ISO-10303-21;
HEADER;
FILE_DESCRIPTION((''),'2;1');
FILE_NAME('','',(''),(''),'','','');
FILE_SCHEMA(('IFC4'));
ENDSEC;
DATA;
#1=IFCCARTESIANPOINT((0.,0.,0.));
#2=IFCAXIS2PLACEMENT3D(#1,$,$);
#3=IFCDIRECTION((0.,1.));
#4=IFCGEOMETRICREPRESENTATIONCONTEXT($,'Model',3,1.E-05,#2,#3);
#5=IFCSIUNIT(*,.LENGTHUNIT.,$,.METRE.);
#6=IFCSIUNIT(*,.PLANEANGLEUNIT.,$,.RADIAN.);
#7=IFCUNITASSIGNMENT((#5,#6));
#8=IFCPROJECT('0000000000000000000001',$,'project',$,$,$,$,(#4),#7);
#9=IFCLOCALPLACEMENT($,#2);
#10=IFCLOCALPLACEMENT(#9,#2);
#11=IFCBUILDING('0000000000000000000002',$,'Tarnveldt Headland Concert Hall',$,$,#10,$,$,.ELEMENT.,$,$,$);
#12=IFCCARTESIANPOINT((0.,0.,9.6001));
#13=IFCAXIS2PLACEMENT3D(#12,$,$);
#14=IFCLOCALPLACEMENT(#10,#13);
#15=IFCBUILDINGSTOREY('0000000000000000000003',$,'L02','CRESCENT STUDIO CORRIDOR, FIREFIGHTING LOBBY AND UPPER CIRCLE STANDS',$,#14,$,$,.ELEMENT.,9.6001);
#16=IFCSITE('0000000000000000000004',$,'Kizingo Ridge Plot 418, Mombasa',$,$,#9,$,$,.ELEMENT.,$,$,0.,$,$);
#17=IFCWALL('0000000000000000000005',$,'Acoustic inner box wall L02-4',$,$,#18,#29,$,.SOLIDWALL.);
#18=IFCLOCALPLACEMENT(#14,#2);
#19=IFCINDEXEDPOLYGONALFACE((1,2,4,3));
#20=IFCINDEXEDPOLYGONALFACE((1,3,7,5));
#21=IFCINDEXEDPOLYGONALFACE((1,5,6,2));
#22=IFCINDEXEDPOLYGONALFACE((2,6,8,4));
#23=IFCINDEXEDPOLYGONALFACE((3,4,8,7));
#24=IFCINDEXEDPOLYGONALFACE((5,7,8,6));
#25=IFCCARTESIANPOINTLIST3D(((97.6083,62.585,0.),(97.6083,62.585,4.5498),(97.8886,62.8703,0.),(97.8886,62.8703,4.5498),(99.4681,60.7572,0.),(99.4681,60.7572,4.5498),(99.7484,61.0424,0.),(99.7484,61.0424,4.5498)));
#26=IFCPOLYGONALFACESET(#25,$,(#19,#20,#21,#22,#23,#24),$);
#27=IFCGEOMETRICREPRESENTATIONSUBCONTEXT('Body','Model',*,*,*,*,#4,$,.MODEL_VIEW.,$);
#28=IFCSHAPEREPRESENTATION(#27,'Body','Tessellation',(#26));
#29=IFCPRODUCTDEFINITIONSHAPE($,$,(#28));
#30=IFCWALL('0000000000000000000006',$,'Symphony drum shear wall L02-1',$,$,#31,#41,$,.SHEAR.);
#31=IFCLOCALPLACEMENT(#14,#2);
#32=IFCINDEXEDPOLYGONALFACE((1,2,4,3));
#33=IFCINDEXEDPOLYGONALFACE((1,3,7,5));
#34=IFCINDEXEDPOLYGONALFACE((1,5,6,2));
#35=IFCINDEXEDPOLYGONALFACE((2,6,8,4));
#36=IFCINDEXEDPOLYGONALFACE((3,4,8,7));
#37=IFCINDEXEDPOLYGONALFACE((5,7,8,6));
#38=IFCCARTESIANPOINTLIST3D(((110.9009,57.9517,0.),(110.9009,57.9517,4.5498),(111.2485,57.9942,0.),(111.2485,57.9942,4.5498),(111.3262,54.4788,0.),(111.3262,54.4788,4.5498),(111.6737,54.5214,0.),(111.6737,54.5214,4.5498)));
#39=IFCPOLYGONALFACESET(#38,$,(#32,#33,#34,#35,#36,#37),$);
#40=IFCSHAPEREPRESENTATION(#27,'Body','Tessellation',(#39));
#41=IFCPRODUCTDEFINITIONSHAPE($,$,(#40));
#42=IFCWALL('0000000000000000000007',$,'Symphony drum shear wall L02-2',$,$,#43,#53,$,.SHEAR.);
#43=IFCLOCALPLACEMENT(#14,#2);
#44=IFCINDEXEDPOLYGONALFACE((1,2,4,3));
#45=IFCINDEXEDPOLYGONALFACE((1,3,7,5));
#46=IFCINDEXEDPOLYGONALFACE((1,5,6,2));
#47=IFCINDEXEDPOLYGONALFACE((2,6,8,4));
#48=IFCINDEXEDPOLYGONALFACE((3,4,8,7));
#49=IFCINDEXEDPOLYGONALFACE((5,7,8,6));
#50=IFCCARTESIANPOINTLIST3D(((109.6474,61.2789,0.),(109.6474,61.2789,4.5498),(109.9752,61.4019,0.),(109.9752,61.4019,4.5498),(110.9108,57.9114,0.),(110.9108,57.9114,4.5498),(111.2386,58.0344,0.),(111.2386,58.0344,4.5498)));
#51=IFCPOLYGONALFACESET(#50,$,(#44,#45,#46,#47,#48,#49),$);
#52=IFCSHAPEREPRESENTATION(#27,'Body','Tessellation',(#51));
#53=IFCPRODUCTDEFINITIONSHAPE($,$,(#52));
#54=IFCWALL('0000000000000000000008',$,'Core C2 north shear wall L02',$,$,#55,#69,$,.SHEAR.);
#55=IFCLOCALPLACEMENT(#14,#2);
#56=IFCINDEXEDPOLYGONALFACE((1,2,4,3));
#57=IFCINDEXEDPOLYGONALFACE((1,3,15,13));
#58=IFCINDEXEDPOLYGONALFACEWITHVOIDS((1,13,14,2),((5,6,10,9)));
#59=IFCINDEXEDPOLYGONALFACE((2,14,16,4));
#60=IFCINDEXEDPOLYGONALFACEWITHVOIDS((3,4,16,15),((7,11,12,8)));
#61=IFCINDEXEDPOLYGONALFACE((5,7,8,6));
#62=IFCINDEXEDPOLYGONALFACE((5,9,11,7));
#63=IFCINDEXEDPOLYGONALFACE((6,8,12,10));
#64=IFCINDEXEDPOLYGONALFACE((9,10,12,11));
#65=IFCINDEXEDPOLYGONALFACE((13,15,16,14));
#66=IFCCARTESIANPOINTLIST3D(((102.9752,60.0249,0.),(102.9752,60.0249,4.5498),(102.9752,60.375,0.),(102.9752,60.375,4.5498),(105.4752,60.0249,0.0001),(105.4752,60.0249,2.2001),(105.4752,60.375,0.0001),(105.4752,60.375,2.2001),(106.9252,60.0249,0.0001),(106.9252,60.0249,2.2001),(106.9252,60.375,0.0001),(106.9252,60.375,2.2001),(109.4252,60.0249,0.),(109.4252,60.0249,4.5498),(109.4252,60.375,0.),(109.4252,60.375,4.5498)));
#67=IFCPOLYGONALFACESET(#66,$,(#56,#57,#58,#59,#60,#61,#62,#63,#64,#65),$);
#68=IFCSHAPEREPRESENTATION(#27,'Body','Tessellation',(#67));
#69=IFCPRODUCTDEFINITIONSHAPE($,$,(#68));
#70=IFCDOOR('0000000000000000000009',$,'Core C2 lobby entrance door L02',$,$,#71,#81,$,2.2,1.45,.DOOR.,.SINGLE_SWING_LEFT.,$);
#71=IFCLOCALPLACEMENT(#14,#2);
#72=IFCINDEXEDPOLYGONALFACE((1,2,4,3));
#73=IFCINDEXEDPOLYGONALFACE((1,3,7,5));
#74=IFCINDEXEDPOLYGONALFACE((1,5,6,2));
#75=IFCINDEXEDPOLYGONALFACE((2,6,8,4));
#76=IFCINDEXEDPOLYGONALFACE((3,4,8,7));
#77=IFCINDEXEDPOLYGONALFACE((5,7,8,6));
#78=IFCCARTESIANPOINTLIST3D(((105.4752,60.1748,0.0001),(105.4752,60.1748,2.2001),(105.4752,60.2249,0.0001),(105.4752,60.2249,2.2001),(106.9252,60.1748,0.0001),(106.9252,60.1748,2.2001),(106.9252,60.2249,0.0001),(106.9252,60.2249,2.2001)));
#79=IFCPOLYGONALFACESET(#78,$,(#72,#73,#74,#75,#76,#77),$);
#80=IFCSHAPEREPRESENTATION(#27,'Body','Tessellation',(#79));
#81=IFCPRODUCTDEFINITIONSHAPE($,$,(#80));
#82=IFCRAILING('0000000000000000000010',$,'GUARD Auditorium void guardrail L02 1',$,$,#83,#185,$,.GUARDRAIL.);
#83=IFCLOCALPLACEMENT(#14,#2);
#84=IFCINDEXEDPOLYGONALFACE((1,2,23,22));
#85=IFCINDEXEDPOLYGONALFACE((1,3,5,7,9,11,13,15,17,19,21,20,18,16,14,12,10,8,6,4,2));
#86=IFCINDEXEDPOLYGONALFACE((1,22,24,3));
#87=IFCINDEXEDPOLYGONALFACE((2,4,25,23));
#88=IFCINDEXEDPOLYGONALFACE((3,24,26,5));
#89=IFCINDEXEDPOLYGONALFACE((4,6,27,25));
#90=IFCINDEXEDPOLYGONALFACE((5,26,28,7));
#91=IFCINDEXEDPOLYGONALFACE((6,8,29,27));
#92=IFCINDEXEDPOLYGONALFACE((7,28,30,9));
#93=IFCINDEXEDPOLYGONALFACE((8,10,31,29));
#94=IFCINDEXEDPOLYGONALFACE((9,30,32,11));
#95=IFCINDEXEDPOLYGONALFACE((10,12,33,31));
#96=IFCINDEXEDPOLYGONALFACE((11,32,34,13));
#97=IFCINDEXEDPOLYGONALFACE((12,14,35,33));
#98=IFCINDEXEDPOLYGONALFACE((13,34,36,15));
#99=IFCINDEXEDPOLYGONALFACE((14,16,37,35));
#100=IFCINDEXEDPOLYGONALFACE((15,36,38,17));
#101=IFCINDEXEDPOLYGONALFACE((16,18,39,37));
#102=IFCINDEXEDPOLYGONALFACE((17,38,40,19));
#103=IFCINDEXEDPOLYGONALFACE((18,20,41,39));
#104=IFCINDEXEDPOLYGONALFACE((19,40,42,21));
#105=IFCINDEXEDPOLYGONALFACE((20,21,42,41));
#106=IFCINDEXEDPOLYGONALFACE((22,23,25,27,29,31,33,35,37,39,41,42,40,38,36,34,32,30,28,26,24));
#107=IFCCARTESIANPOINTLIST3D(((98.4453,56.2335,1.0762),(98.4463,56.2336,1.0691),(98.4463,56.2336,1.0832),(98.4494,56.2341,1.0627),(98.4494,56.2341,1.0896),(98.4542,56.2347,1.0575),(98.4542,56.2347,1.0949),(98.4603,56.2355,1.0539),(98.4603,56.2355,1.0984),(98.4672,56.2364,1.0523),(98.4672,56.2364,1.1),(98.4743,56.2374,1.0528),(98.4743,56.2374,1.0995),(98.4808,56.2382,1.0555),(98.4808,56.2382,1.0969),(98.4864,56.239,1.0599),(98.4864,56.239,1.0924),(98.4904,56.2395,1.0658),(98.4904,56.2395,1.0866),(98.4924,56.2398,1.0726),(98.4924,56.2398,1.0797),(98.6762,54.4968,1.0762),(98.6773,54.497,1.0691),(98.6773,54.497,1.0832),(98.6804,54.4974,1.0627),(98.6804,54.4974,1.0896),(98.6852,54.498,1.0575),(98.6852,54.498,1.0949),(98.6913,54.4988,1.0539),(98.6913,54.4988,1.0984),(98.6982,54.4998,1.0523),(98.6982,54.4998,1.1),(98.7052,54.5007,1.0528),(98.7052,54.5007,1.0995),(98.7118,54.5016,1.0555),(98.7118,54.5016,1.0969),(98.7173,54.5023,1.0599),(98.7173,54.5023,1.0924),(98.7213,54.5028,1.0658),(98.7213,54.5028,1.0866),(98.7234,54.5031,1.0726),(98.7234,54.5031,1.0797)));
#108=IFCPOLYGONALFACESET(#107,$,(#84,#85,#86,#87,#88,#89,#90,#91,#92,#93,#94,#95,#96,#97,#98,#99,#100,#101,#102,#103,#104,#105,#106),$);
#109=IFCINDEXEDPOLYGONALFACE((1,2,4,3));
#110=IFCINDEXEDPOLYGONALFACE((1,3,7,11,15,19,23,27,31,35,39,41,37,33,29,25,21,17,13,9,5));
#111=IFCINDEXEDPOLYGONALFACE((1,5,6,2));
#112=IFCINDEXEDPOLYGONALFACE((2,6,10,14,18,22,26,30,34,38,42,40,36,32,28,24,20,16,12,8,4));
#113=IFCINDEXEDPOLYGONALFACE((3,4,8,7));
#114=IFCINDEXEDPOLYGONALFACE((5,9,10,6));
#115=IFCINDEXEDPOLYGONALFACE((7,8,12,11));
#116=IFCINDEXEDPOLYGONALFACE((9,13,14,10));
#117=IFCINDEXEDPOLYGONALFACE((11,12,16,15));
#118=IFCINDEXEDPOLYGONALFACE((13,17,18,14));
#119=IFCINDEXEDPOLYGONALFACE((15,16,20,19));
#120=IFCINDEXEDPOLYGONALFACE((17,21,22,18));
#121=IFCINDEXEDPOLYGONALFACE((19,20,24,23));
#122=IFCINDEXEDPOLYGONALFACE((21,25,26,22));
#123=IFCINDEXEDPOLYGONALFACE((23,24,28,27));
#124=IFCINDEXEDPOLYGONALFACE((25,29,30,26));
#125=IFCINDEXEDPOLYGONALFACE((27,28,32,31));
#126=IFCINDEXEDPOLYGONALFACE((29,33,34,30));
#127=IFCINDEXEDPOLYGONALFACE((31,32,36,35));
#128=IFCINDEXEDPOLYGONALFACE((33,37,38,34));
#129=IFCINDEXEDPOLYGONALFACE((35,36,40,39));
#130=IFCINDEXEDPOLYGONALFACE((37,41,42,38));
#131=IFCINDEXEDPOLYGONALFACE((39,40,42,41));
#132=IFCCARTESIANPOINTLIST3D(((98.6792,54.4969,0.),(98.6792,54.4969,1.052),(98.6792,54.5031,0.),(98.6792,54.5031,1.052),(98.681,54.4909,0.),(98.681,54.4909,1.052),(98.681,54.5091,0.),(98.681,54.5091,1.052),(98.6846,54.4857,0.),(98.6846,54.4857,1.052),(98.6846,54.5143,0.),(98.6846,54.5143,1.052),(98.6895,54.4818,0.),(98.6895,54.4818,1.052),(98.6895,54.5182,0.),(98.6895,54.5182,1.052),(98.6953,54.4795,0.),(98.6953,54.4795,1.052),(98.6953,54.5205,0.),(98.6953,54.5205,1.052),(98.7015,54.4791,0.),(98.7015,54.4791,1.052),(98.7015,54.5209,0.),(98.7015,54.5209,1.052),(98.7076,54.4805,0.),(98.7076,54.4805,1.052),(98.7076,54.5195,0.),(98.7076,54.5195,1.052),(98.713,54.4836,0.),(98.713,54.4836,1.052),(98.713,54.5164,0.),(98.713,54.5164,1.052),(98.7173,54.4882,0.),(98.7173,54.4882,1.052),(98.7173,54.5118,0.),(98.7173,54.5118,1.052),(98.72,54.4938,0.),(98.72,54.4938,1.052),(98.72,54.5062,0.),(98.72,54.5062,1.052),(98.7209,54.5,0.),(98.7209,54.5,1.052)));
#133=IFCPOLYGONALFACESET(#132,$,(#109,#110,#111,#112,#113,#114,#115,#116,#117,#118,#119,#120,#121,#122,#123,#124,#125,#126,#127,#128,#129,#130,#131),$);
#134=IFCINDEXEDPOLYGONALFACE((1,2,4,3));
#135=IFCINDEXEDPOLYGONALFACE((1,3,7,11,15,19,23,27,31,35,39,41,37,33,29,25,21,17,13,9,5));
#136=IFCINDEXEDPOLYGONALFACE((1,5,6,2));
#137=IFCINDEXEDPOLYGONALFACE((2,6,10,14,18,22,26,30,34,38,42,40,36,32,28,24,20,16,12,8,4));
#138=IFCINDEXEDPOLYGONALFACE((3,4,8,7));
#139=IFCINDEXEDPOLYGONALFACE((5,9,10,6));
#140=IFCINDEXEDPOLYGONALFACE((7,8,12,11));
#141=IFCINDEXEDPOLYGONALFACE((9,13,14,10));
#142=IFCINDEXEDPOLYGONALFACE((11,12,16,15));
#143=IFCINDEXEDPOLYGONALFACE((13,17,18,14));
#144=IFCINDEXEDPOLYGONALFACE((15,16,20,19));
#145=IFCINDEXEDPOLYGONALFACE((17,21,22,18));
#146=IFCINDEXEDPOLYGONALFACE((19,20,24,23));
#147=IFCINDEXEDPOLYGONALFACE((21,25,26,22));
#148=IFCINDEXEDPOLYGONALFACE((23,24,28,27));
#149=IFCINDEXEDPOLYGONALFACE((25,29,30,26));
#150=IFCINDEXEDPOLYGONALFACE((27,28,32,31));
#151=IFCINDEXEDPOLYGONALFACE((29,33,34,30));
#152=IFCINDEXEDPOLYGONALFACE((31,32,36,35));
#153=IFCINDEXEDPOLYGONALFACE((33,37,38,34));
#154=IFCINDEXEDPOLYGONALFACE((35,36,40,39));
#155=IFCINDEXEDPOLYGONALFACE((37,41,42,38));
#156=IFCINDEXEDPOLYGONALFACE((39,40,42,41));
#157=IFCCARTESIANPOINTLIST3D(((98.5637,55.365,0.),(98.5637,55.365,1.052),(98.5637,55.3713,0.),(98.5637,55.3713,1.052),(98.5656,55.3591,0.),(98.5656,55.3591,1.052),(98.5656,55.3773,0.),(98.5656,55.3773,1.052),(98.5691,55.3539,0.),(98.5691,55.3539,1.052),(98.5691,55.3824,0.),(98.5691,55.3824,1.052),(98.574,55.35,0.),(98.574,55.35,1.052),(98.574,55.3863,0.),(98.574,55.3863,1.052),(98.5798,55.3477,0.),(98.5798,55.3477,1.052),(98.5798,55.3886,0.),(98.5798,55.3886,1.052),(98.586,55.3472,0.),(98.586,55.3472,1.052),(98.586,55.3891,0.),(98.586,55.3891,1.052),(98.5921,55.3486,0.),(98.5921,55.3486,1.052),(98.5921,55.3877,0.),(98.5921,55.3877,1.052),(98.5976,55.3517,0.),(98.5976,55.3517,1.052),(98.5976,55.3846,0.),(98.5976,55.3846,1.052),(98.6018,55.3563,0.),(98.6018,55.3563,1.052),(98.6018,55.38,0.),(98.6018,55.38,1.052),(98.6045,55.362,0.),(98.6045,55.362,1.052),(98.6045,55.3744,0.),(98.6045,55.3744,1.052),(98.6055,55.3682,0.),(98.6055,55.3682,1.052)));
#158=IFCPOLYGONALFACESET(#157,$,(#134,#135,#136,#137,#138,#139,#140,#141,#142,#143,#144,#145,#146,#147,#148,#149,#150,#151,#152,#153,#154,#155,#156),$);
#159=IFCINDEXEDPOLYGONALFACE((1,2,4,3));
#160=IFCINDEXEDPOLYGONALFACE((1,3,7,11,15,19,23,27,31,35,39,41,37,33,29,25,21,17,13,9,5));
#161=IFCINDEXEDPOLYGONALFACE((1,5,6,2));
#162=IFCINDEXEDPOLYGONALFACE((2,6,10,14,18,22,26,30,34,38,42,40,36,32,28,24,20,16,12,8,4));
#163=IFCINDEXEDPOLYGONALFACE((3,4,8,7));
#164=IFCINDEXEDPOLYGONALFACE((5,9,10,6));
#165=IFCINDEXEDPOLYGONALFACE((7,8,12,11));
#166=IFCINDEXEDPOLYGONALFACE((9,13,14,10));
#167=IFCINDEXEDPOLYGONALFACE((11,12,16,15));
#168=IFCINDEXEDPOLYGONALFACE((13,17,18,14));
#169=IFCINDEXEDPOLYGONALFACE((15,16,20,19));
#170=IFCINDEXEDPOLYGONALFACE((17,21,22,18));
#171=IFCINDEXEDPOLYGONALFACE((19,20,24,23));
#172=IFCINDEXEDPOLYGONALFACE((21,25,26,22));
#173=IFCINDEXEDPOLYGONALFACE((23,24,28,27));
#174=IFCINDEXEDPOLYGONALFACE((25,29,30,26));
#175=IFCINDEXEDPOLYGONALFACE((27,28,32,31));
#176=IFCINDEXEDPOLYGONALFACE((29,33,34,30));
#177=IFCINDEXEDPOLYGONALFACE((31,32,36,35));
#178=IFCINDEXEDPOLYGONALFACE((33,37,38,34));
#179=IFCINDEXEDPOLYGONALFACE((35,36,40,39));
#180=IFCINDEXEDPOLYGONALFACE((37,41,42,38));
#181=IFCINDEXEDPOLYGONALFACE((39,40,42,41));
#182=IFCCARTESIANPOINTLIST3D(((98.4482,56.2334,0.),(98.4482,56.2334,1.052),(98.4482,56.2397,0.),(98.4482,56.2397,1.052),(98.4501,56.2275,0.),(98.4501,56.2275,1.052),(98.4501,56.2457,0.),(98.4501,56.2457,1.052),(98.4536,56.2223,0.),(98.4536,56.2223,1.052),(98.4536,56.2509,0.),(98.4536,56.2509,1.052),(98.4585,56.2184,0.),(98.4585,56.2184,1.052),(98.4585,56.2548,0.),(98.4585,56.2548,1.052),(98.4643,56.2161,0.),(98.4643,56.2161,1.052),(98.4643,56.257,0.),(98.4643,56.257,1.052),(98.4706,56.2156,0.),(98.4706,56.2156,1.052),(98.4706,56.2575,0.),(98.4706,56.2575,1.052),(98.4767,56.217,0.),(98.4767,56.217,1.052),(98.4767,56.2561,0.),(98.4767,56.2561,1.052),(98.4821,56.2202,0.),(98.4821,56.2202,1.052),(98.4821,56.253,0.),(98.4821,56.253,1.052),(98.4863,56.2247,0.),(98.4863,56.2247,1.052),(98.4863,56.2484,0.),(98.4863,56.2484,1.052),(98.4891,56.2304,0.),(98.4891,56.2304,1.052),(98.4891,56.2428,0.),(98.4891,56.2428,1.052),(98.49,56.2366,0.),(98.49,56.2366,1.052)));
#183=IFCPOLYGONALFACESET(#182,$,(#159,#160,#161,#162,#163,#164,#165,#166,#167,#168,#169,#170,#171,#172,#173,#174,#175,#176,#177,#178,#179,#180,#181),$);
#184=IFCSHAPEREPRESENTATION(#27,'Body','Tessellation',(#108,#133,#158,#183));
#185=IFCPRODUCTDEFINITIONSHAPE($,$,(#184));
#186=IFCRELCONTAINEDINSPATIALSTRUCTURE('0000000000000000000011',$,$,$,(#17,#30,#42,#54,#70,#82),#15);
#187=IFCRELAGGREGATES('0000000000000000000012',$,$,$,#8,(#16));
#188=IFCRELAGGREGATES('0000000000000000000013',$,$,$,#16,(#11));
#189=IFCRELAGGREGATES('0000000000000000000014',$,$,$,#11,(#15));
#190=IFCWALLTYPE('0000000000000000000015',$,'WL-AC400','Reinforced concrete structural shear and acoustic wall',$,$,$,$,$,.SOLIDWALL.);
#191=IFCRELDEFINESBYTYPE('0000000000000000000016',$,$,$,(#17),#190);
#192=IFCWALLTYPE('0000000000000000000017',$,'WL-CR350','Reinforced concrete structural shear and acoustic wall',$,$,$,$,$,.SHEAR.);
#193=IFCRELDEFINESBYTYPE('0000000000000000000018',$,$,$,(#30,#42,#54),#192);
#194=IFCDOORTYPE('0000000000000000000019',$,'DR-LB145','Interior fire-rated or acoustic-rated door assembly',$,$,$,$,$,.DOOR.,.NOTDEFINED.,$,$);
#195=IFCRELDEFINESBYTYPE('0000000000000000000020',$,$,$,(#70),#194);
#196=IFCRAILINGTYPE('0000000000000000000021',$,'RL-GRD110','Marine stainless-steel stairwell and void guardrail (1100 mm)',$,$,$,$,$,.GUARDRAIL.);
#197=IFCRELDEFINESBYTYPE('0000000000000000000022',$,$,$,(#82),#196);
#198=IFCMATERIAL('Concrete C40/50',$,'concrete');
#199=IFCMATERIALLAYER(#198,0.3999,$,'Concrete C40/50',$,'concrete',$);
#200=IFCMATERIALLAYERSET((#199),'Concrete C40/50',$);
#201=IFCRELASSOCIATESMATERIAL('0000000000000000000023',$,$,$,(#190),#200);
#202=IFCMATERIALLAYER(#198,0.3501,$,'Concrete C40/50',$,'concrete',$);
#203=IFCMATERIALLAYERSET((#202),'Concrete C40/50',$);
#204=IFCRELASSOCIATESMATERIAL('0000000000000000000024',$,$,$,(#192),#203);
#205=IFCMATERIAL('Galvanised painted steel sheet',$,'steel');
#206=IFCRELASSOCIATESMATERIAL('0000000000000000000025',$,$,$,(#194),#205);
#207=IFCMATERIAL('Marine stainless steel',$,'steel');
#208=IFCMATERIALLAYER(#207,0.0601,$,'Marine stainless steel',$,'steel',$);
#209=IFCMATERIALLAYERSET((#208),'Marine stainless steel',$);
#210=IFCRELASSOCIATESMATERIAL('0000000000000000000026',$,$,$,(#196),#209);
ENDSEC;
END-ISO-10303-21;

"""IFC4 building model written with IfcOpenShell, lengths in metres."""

from ifc_helpers import new_model, si_unit, direction, frame, frame_2d, origin, origin_2d, place, context, subcontext, project, spatial, rectangle, circle, extrude, material, layer, layer_set, type_object, element, fill, save


model = new_model("IFC4")

# Units and contexts
model_context = context("Model", 3, precision=1e-05, world=origin(), true_north=direction((0.0, 1.0)))
body_context = subcontext(model_context, "Body", "Model", "MODEL_VIEW")
ifc_project = project(units=[si_unit("LENGTHUNIT", "METRE"), si_unit("PLANEANGLEUNIT", "RADIAN")], contexts=[model_context])

# Site, building, storey
site_placement = place(None, origin())
site = spatial("IfcSite", under=ifc_project, at=site_placement, Name="Kizingo Ridge Plot 418, Mombasa", CompositionType="ELEMENT", RefElevation=0.0)
building_placement = place(site_placement, origin())
building = spatial("IfcBuilding", under=site, at=building_placement, Name="Tarnveldt Headland Concert Hall", CompositionType="ELEMENT")
storey_placement = place(building_placement, frame((0.0, 0.0, 9.6001)))
storey = spatial("IfcBuildingStorey", under=building, at=storey_placement, Name="L02", Description="CRESCENT STUDIO CORRIDOR, FIREFIGHTING LOBBY AND UPPER CIRCLE STANDS", CompositionType="ELEMENT", Elevation=9.6001)

# Shared definitions
ifc_material_1 = material(Name="Concrete C40/50", Category="concrete")

# Walls
ifc_layer_1 = layer(ifc_material_1, 0.3999, Name="Concrete C40/50", Category="concrete")
ifc_layer_set_1 = layer_set([ifc_layer_1], Name="Concrete C40/50")
wall_type_1 = type_object("IfcWallType", Name="WL-AC400", Description="Reinforced concrete structural shear and acoustic wall", PredefinedType="SOLIDWALL", material=ifc_layer_set_1)
wall_1_placement = place(storey_placement, frame((99.6082, 60.8999, 0.0), z_axis=(0.0, 0.0, 1.0), x_axis=(-0.713212, 0.700948, 0.0)))
element("IfcWall", 1, at=wall_1_placement, inside=storey, type_object=wall_type_1, Name="Acoustic inner box wall L02-4", PredefinedType="SOLIDWALL", context=body_context, shape_type="SweptSolid", body=[
    extrude(rectangle(XDim=2.6077, YDim=0.3999, at=frame_2d((1.3037, 0.0))), origin(), (0.0, 0.0, 1.0), 4.5498),
])
ifc_layer_2 = layer(ifc_material_1, 0.3501, Name="Concrete C40/50", Category="concrete")
ifc_layer_set_2 = layer_set([ifc_layer_2], Name="Concrete C40/50")
wall_type_2 = type_object("IfcWallType", Name="WL-CR350", Description="Reinforced concrete structural shear and acoustic wall", PredefinedType="SHEAR", material=ifc_layer_set_2)
wall_2_placement = place(storey_placement, frame((111.5, 54.5, 0.0), z_axis=(0.0, 0.0, 1.0), x_axis=(-0.121552, 0.992585, 0.0)))
element("IfcWall", 2, at=wall_2_placement, inside=storey, type_object=wall_type_2, Name="Symphony drum shear wall L02-1", PredefinedType="SHEAR", context=body_context, shape_type="SweptSolid", body=[
    extrude(rectangle(XDim=3.4988, YDim=0.3501, at=frame_2d((1.7495, 0.0))), origin(), (0.0, 0.0, 1.0), 4.5498),
])
wall_3_placement = place(storey_placement, frame((111.0747, 57.9729, 0.0), z_axis=(0.0, 0.0, 1.0), x_axis=(-0.35128, 0.936271, 0.0)))
element("IfcWall", 3, at=wall_3_placement, inside=storey, type_object=wall_type_2, Name="Symphony drum shear wall L02-2", PredefinedType="SHEAR", context=body_context, shape_type="SweptSolid", body=[
    extrude(rectangle(XDim=3.5967, YDim=0.3501, at=frame_2d((1.7983, 0.0))), origin(), (0.0, 0.0, 1.0), 4.5498),
])

# Wall, opening, door
wall_4_placement = place(storey_placement, frame((102.9751, 60.2, 0.0), z_axis=(0.0, 0.0, 1.0), x_axis=(1.0, 0.0, 0.0)))
wall_4 = element("IfcWall", 4, at=wall_4_placement, inside=storey, type_object=wall_type_2, Name="Core C2 north shear wall L02", PredefinedType="SHEAR", context=body_context, shape_type="SweptSolid", body=[
    extrude(rectangle(XDim=6.45, YDim=0.3501, at=frame_2d((3.2251, 0.0))), origin(), (0.0, 0.0, 1.0), 4.5498),
])
opening_1_placement = place(wall_4_placement, frame((2.5, 0.0, 0.0)))
opening_1 = element("IfcOpeningElement", 5, at=opening_1_placement, cuts=wall_4, PredefinedType="OPENING", context=body_context, shape_type="SweptSolid", body=[
    extrude(rectangle(XDim=1.45, YDim=2.2, at=frame_2d((0.7251, 1.1001))), frame((0.0, 0.1851, 0.0), z_axis=(0.0, -1.0, 0.0), x_axis=(1.0, 0.0, 0.0)), (0.0, 0.0, 1.0), 0.3701),
])
ifc_material_2 = material(Name="Galvanised painted steel sheet", Category="steel")
door_type_1 = type_object("IfcDoorType", Name="DR-LB145", Description="Interior fire-rated or acoustic-rated door assembly", OperationType="NOTDEFINED", PredefinedType="DOOR", material=ifc_material_2)
door_1_placement = place(opening_1_placement, origin())
door_1 = element("IfcDoor", 6, at=door_1_placement, inside=storey, type_object=door_type_1, Name="Core C2 lobby entrance door L02", OperationType="SINGLE_SWING_LEFT", OverallHeight=2.2, OverallWidth=1.45, PredefinedType="DOOR", context=body_context, shape_type="SweptSolid", body=[
    extrude(rectangle(XDim=1.45, YDim=2.2, at=frame_2d((0.7251, 1.1001))), frame((0.0, 0.0249, 0.0), z_axis=(0.0, -1.0, 0.0), x_axis=(1.0, 0.0, 0.0)), (0.0, 0.0, 1.0), 0.05),
])
fill(opening_1, door_1)

# Railing
ifc_material_3 = material(Name="Marine stainless steel", Category="steel")
ifc_layer_3 = layer(ifc_material_3, 0.0601, Name="Marine stainless steel", Category="steel")
ifc_layer_set_3 = layer_set([ifc_layer_3], Name="Marine stainless steel")
railing_type = type_object("IfcRailingType", Name="RL-GRD110", Description="Marine stainless-steel stairwell and void guardrail (1100 mm)", PredefinedType="GUARDRAIL", material=ifc_layer_set_3)
railing_1_placement = place(storey_placement, frame((98.7, 54.5, 0.0)))
element("IfcRailing", 7, at=railing_1_placement, inside=storey, type_object=railing_type, Name="GUARD Auditorium void guardrail L02 1", PredefinedType="GUARDRAIL", context=body_context, shape_type="SweptSolid", body=[
    extrude(circle(Radius=0.0239, at=origin_2d()), frame((0.0, 0.0, 1.0762), z_axis=(-0.131835, 0.991272, 0.0), x_axis=(-0.991272, -0.131835, 0.0)), (0.0, 0.0, 1.0), 1.752),
    extrude(circle(Radius=0.021, at=origin_2d()), origin(), (0.0, 0.0, 1.0), 1.052),
    extrude(circle(Radius=0.021, at=origin_2d()), frame((-0.1155, 0.8682, 0.0)), (0.0, 0.0, 1.0), 1.052),
    extrude(circle(Radius=0.021, at=origin_2d()), frame((-0.231, 1.7366, 0.0)), (0.0, 0.0, 1.0), 1.052),
])

save(model, "model.ifc")
